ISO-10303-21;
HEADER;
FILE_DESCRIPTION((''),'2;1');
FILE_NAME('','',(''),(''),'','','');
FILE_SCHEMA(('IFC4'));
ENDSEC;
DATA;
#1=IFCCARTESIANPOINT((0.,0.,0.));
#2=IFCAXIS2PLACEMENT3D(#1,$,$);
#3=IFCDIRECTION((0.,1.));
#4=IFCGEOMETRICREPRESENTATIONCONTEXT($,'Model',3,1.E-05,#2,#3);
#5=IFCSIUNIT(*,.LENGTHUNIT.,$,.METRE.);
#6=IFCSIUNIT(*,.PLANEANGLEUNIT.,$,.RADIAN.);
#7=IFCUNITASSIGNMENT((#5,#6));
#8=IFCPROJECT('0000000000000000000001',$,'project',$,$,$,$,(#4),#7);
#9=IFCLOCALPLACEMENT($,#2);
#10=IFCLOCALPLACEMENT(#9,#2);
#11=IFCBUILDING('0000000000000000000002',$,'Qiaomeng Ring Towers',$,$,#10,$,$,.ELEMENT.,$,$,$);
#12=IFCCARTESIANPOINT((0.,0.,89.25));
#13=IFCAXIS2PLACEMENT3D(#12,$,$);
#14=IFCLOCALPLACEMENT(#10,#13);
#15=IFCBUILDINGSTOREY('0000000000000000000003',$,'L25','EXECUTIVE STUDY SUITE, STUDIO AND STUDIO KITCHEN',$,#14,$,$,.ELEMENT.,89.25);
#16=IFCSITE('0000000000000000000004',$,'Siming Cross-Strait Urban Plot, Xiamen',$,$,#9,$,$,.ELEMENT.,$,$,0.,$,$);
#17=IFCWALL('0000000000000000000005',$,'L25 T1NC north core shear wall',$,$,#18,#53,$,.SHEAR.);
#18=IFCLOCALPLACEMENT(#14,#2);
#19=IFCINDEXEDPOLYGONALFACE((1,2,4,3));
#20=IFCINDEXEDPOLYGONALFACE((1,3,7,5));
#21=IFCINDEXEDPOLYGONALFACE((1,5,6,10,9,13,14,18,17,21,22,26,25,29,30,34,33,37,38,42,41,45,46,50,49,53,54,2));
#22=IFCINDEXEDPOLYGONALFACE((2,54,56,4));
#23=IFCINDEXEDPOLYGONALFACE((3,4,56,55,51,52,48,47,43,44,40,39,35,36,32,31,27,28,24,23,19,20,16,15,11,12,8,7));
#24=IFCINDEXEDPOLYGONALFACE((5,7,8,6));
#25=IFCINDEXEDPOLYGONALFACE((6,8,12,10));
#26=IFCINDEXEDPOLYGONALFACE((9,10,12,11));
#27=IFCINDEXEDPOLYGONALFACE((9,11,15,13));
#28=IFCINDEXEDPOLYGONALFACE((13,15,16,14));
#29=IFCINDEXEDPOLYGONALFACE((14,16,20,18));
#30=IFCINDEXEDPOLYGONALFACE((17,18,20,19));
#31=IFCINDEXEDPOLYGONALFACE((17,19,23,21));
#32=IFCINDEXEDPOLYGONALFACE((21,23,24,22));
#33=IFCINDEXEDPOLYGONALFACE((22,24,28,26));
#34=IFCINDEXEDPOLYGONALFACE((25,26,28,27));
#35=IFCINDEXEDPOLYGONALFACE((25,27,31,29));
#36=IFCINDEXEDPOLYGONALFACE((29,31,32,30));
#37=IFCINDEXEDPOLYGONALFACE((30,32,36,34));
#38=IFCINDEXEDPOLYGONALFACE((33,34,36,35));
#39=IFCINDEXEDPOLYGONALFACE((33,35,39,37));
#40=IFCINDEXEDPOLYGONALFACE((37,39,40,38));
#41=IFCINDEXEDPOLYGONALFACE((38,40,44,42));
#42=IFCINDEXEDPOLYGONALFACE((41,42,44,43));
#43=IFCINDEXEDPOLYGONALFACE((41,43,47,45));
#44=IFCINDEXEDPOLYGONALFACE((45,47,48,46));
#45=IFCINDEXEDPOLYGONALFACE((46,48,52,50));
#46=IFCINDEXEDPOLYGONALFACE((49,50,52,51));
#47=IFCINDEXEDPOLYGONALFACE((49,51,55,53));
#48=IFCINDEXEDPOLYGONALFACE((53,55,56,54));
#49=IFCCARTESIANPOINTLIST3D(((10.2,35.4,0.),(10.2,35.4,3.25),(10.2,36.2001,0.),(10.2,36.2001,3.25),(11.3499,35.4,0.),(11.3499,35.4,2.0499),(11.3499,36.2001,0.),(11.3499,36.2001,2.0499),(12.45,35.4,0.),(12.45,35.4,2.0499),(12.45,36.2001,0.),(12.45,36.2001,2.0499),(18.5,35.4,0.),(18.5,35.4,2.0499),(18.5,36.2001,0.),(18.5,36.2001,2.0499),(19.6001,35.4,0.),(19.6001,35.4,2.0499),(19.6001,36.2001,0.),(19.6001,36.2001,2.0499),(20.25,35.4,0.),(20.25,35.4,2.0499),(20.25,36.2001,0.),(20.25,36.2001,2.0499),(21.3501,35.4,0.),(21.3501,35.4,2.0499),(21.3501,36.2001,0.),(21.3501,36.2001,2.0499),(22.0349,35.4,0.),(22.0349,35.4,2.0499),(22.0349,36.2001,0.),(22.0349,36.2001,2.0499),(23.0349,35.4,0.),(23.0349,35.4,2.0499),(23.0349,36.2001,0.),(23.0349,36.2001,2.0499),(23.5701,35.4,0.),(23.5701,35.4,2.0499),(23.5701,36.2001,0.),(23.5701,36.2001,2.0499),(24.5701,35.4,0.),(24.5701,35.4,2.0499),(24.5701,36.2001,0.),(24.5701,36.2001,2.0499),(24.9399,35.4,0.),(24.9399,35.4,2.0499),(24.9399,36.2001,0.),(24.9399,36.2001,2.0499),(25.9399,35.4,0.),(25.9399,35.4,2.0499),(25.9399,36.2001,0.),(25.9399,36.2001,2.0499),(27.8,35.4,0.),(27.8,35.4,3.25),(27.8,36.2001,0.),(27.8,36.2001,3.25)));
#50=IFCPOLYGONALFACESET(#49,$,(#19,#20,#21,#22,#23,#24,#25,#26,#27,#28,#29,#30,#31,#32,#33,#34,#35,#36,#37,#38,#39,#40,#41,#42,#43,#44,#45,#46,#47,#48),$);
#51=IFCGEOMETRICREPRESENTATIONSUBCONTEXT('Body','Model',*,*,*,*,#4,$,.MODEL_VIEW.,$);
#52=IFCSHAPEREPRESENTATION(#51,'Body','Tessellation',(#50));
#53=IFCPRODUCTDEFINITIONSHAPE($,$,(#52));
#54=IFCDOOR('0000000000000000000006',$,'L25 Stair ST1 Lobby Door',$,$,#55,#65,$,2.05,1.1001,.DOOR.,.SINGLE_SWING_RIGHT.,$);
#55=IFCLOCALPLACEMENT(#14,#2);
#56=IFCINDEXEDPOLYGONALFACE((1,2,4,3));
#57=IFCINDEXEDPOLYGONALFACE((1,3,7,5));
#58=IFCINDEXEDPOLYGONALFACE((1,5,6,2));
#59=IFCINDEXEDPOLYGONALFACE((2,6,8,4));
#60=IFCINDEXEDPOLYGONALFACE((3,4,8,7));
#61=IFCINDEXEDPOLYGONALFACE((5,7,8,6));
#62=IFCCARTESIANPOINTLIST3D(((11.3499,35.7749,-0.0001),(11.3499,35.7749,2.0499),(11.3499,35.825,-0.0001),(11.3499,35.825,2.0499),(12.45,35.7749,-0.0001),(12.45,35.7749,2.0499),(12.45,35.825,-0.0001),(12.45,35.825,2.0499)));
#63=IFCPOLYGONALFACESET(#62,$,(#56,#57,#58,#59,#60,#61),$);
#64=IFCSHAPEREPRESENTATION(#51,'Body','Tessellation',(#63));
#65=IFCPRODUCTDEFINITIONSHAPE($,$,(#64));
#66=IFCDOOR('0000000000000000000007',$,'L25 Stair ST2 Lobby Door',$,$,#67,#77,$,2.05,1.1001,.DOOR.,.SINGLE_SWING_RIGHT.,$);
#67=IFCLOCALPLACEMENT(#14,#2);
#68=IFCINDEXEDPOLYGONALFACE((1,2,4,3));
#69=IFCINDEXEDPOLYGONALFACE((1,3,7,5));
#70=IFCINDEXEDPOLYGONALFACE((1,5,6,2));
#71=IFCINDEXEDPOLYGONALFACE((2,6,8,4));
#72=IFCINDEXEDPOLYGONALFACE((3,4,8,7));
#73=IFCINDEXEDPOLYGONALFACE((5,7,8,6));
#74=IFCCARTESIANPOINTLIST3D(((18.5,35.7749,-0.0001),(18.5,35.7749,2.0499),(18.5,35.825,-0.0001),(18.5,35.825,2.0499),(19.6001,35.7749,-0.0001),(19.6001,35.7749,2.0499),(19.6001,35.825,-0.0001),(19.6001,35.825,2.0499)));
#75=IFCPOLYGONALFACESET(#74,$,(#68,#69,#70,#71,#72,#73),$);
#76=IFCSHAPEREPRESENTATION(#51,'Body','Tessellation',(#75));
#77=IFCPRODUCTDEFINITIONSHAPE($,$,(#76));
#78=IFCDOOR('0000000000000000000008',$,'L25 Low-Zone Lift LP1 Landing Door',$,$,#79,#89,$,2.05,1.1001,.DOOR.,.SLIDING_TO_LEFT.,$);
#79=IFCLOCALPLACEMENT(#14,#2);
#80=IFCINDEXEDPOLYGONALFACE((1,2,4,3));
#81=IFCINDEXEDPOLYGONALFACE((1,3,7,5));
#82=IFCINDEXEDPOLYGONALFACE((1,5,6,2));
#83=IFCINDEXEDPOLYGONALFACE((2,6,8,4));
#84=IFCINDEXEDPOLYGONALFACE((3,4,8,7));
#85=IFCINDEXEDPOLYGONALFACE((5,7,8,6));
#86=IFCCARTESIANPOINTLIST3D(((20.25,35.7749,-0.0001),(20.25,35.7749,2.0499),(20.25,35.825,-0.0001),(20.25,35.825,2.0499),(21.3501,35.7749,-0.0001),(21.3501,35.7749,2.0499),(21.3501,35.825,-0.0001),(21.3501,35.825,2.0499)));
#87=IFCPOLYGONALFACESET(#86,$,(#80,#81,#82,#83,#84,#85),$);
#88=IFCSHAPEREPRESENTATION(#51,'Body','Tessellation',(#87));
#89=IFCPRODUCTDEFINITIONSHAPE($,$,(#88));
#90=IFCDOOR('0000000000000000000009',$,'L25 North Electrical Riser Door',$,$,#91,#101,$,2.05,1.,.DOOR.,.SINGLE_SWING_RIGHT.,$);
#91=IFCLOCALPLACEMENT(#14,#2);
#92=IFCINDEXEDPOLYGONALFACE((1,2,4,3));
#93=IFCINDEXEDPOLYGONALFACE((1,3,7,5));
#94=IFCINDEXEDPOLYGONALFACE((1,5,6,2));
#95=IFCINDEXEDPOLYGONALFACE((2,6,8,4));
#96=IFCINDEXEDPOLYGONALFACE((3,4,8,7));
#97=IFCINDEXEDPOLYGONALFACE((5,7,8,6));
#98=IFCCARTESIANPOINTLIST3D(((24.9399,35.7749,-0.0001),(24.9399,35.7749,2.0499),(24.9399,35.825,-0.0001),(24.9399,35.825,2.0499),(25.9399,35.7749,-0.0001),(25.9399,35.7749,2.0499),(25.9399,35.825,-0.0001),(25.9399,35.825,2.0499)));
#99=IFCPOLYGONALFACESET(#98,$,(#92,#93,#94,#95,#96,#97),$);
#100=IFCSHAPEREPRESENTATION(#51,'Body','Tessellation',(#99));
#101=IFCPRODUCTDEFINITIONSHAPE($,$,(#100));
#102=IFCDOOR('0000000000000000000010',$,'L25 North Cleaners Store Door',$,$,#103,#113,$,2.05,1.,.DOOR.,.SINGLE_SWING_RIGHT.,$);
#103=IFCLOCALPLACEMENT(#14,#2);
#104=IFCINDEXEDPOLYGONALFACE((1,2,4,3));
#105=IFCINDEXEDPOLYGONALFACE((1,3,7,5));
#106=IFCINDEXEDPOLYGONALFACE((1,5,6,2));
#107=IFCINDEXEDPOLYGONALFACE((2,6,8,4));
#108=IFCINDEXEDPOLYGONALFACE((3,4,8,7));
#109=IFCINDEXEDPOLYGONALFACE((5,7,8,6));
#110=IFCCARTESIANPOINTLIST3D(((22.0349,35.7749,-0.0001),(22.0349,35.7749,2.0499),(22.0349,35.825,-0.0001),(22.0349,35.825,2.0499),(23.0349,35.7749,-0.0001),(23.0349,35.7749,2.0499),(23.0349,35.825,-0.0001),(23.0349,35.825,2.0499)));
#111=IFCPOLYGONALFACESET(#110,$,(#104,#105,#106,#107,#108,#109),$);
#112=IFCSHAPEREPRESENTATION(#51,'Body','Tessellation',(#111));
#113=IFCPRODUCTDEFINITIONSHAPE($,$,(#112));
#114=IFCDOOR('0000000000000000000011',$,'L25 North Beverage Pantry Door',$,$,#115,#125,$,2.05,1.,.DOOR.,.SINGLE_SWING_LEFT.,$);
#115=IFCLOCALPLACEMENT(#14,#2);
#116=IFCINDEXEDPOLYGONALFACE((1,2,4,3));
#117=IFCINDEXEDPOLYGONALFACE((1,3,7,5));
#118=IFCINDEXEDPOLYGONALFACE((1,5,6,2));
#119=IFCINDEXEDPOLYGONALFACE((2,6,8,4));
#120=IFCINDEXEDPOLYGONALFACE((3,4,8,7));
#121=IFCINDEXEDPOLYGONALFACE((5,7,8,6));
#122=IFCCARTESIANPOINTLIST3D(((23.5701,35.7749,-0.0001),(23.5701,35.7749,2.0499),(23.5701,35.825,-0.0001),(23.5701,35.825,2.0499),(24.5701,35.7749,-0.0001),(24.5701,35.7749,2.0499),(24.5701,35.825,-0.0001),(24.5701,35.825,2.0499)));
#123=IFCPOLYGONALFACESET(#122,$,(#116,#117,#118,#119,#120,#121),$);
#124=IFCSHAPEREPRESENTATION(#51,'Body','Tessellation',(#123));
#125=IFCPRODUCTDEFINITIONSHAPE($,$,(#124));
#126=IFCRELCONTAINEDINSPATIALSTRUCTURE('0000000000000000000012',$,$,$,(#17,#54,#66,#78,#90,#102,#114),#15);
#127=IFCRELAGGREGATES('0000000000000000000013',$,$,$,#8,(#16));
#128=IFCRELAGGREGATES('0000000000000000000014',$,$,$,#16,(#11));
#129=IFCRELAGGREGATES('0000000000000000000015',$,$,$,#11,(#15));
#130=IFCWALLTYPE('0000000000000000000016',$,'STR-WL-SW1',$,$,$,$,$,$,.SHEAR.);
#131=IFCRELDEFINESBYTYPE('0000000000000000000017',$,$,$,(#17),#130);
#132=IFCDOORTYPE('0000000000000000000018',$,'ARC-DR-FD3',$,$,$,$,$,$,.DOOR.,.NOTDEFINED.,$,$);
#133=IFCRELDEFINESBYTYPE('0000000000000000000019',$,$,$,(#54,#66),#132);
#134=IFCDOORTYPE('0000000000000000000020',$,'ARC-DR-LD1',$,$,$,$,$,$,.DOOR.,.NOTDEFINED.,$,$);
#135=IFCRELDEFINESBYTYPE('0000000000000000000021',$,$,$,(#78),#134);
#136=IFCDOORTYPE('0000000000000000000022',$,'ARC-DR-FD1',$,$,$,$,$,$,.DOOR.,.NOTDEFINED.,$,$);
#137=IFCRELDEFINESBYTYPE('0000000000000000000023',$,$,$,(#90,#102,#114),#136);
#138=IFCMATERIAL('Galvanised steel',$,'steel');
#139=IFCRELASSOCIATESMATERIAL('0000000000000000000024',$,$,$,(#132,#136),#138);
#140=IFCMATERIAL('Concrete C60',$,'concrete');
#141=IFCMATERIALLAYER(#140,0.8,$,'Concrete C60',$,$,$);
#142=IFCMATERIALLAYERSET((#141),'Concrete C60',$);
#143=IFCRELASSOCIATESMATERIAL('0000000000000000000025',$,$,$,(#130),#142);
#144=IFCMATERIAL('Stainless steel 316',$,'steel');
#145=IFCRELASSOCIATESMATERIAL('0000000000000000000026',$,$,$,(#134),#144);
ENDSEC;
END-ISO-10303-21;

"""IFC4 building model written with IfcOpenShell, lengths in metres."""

from ifc_helpers import new_model, si_unit, direction, frame, frame_2d, origin, place, context, subcontext, project, spatial, rectangle, extrude, source, transform, mapped, material, layer, layer_set, type_object, element, fill, save


model = new_model("IFC4")

# Units and contexts
model_context = context("Model", 3, precision=1e-05, world=origin(), true_north=direction((0.0, 1.0)))
body_context = subcontext(model_context, "Body", "Model", "MODEL_VIEW")
ifc_project = project(units=[si_unit("LENGTHUNIT", "METRE"), si_unit("PLANEANGLEUNIT", "RADIAN")], contexts=[model_context])

# Site, building, storey
site_placement = place(None, origin())
site = spatial("IfcSite", under=ifc_project, at=site_placement, Name="Siming Cross-Strait Urban Plot, Xiamen", CompositionType="ELEMENT", RefElevation=0.0)
building_placement = place(site_placement, origin())
building = spatial("IfcBuilding", under=site, at=building_placement, Name="Qiaomeng Ring Towers", CompositionType="ELEMENT")
storey_placement = place(building_placement, frame((0.0, 0.0, 89.25)))
storey = spatial("IfcBuildingStorey", under=building, at=storey_placement, Name="L25", Description="EXECUTIVE STUDY SUITE, STUDIO AND STUDIO KITCHEN", CompositionType="ELEMENT", Elevation=89.25)

# Shared definitions
ifc_material_1 = material(Name="Concrete C60", Category="concrete")

# Shared definitions
shared_shape_1 = source(origin(), body_context, "Body", "SweptSolid", [
    extrude(rectangle(XDim=1.0, YDim=2.05, at=frame_2d((0.5, 1.0249))), frame((0.0, 0.0249, 0.0), z_axis=(0.0, -1.0, 0.0), x_axis=(1.0, 0.0, 0.0)), (0.0, 0.0, 1.0), 0.05),
])

# Shared definitions
ifc_material_2 = material(Name="Galvanised steel", Category="steel")
door_type_1 = type_object("IfcDoorType", Name="ARC-DR-FD3", OperationType="NOTDEFINED", PredefinedType="DOOR", material=ifc_material_2)
shared_shape_2 = source(origin(), body_context, "Body", "SweptSolid", [
    extrude(rectangle(XDim=1.1001, YDim=2.05, at=frame_2d((0.55, 1.0249))), frame((0.0, 0.0249, 0.0), z_axis=(0.0, -1.0, 0.0), x_axis=(1.0, 0.0, 0.0)), (0.0, 0.0, 1.0), 0.05),
])

# Wall, openings, doors
ifc_layer_1 = layer(ifc_material_1, 0.8, Name="Concrete C60")
ifc_layer_set_1 = layer_set([ifc_layer_1], Name="Concrete C60")
wall_type_1 = type_object("IfcWallType", Name="STR-WL-SW1", PredefinedType="SHEAR", material=ifc_layer_set_1)
wall_1_placement = place(storey_placement, frame((10.2, 35.8, 0.0), z_axis=(0.0, 0.0, 1.0), x_axis=(1.0, 0.0, 0.0)))
wall_1 = element("IfcWall", 1, at=wall_1_placement, inside=storey, type_object=wall_type_1, Name="L25 T1NC north core shear wall", PredefinedType="SHEAR", context=body_context, shape_type="SweptSolid", body=[
    extrude(rectangle(XDim=17.6001, YDim=0.8, at=frame_2d((8.8, 0.0))), origin(), (0.0, 0.0, 1.0), 3.25),
])
opening_1_placement = place(wall_1_placement, frame((1.1499, 0.0, 0.0)))
opening_1 = element("IfcOpeningElement", 2, at=opening_1_placement, cuts=wall_1, PredefinedType="OPENING", context=body_context, shape_type="SweptSolid", body=[
    extrude(rectangle(XDim=1.1001, YDim=2.05, at=frame_2d((0.55, 1.0249))), frame((0.0, 0.4099, 0.0), z_axis=(0.0, -1.0, 0.0), x_axis=(1.0, 0.0, 0.0)), (0.0, 0.0, 1.0), 0.8201),
])
opening_2_placement = place(wall_1_placement, frame((8.3, 0.0, 0.0)))
opening_2 = element("IfcOpeningElement", 3, at=opening_2_placement, cuts=wall_1, PredefinedType="OPENING", context=body_context, shape_type="SweptSolid", body=[
    extrude(rectangle(XDim=1.1001, YDim=2.05, at=frame_2d((0.55, 1.0249))), frame((0.0, 0.4099, 0.0), z_axis=(0.0, -1.0, 0.0), x_axis=(1.0, 0.0, 0.0)), (0.0, 0.0, 1.0), 0.8201),
])
opening_3_placement = place(wall_1_placement, frame((10.05, 0.0, 0.0)))
opening_3 = element("IfcOpeningElement", 4, at=opening_3_placement, cuts=wall_1, PredefinedType="OPENING", context=body_context, shape_type="SweptSolid", body=[
    extrude(rectangle(XDim=1.1001, YDim=2.05, at=frame_2d((0.55, 1.0249))), frame((0.0, 0.4099, 0.0), z_axis=(0.0, -1.0, 0.0), x_axis=(1.0, 0.0, 0.0)), (0.0, 0.0, 1.0), 0.8201),
])
opening_4_placement = place(wall_1_placement, frame((14.74, 0.0, 0.0)))
opening_4 = element("IfcOpeningElement", 5, at=opening_4_placement, cuts=wall_1, PredefinedType="OPENING", context=body_context, shape_type="SweptSolid", body=[
    extrude(rectangle(XDim=1.0, YDim=2.05, at=frame_2d((0.5, 1.0249))), frame((0.0, 0.4099, 0.0), z_axis=(0.0, -1.0, 0.0), x_axis=(1.0, 0.0, 0.0)), (0.0, 0.0, 1.0), 0.8201),
])
opening_5_placement = place(wall_1_placement, frame((11.835, 0.0, 0.0)))
opening_5 = element("IfcOpeningElement", 6, at=opening_5_placement, cuts=wall_1, PredefinedType="OPENING", context=body_context, shape_type="SweptSolid", body=[
    extrude(rectangle(XDim=1.0, YDim=2.05, at=frame_2d((0.5, 1.0249))), frame((0.0, 0.4099, 0.0), z_axis=(0.0, -1.0, 0.0), x_axis=(1.0, 0.0, 0.0)), (0.0, 0.0, 1.0), 0.8201),
])
opening_6_placement = place(wall_1_placement, frame((13.3701, 0.0, 0.0)))
opening_6 = element("IfcOpeningElement", 7, at=opening_6_placement, cuts=wall_1, PredefinedType="OPENING", context=body_context, shape_type="SweptSolid", body=[
    extrude(rectangle(XDim=1.0, YDim=2.05, at=frame_2d((0.5, 1.0249))), frame((0.0, 0.4099, 0.0), z_axis=(0.0, -1.0, 0.0), x_axis=(1.0, 0.0, 0.0)), (0.0, 0.0, 1.0), 0.8201),
])
door_1_placement = place(opening_1_placement, origin())
door_1 = element("IfcDoor", 8, at=door_1_placement, inside=storey, type_object=door_type_1, Name="L25 Stair ST1 Lobby Door", OperationType="SINGLE_SWING_RIGHT", OverallHeight=2.05, OverallWidth=1.1001, PredefinedType="DOOR", context=body_context, shape_type="MappedRepresentation", body=[
    mapped(shared_shape_2, transform((0.0, 0.0, 0.0), x_axis=(1.0, 0.0, 0.0), y_axis=(0.0, 1.0, 0.0), z_axis=(0.0, 0.0, 1.0), scale=1.0)),
])
fill(opening_1, door_1)
door_2_placement = place(opening_2_placement, origin())
door_2 = element("IfcDoor", 9, at=door_2_placement, inside=storey, type_object=door_type_1, Name="L25 Stair ST2 Lobby Door", OperationType="SINGLE_SWING_RIGHT", OverallHeight=2.05, OverallWidth=1.1001, PredefinedType="DOOR", context=body_context, shape_type="MappedRepresentation", body=[
    mapped(shared_shape_2, transform((0.0, 0.0, 0.0), x_axis=(1.0, 0.0, 0.0), y_axis=(0.0, 1.0, 0.0), z_axis=(0.0, 0.0, 1.0), scale=1.0)),
])
fill(opening_2, door_2)
ifc_material_3 = material(Name="Stainless steel 316", Category="steel")
door_type_2 = type_object("IfcDoorType", Name="ARC-DR-LD1", OperationType="NOTDEFINED", PredefinedType="DOOR", material=ifc_material_3)
door_3_placement = place(opening_3_placement, origin())
door_3 = element("IfcDoor", 10, at=door_3_placement, inside=storey, type_object=door_type_2, Name="L25 Low-Zone Lift LP1 Landing Door", OperationType="SLIDING_TO_LEFT", OverallHeight=2.05, OverallWidth=1.1001, PredefinedType="DOOR", context=body_context, shape_type="MappedRepresentation", body=[
    mapped(shared_shape_2, transform((0.0, 0.0, 0.0), x_axis=(1.0, 0.0, 0.0), y_axis=(0.0, 1.0, 0.0), z_axis=(0.0, 0.0, 1.0), scale=1.0)),
])
fill(opening_3, door_3)
door_type_3 = type_object("IfcDoorType", Name="ARC-DR-FD1", OperationType="NOTDEFINED", PredefinedType="DOOR", material=ifc_material_2)
door_4_placement = place(opening_4_placement, origin())
door_4 = element("IfcDoor", 11, at=door_4_placement, inside=storey, type_object=door_type_3, Name="L25 North Electrical Riser Door", OperationType="SINGLE_SWING_RIGHT", OverallHeight=2.05, OverallWidth=1.0, PredefinedType="DOOR", context=body_context, shape_type="MappedRepresentation", body=[
    mapped(shared_shape_1, transform((0.0, 0.0, 0.0), x_axis=(1.0, 0.0, 0.0), y_axis=(0.0, 1.0, 0.0), z_axis=(0.0, 0.0, 1.0), scale=1.0)),
])
fill(opening_4, door_4)
door_5_placement = place(opening_5_placement, origin())
door_5 = element("IfcDoor", 12, at=door_5_placement, inside=storey, type_object=door_type_3, Name="L25 North Cleaners Store Door", OperationType="SINGLE_SWING_RIGHT", OverallHeight=2.05, OverallWidth=1.0, PredefinedType="DOOR", context=body_context, shape_type="MappedRepresentation", body=[
    mapped(shared_shape_1, transform((0.0, 0.0, 0.0), x_axis=(1.0, 0.0, 0.0), y_axis=(0.0, 1.0, 0.0), z_axis=(0.0, 0.0, 1.0), scale=1.0)),
])
fill(opening_5, door_5)
door_6_placement = place(opening_6_placement, origin())
door_6 = element("IfcDoor", 13, at=door_6_placement, inside=storey, type_object=door_type_3, Name="L25 North Beverage Pantry Door", OperationType="SINGLE_SWING_LEFT", OverallHeight=2.05, OverallWidth=1.0, PredefinedType="DOOR", context=body_context, shape_type="MappedRepresentation", body=[
    mapped(shared_shape_1, transform((0.0, 0.0, 0.0), x_axis=(1.0, 0.0, 0.0), y_axis=(0.0, 1.0, 0.0), z_axis=(0.0, 0.0, 1.0), scale=1.0)),
])
fill(opening_6, door_6)

save(model, "model.ifc")
